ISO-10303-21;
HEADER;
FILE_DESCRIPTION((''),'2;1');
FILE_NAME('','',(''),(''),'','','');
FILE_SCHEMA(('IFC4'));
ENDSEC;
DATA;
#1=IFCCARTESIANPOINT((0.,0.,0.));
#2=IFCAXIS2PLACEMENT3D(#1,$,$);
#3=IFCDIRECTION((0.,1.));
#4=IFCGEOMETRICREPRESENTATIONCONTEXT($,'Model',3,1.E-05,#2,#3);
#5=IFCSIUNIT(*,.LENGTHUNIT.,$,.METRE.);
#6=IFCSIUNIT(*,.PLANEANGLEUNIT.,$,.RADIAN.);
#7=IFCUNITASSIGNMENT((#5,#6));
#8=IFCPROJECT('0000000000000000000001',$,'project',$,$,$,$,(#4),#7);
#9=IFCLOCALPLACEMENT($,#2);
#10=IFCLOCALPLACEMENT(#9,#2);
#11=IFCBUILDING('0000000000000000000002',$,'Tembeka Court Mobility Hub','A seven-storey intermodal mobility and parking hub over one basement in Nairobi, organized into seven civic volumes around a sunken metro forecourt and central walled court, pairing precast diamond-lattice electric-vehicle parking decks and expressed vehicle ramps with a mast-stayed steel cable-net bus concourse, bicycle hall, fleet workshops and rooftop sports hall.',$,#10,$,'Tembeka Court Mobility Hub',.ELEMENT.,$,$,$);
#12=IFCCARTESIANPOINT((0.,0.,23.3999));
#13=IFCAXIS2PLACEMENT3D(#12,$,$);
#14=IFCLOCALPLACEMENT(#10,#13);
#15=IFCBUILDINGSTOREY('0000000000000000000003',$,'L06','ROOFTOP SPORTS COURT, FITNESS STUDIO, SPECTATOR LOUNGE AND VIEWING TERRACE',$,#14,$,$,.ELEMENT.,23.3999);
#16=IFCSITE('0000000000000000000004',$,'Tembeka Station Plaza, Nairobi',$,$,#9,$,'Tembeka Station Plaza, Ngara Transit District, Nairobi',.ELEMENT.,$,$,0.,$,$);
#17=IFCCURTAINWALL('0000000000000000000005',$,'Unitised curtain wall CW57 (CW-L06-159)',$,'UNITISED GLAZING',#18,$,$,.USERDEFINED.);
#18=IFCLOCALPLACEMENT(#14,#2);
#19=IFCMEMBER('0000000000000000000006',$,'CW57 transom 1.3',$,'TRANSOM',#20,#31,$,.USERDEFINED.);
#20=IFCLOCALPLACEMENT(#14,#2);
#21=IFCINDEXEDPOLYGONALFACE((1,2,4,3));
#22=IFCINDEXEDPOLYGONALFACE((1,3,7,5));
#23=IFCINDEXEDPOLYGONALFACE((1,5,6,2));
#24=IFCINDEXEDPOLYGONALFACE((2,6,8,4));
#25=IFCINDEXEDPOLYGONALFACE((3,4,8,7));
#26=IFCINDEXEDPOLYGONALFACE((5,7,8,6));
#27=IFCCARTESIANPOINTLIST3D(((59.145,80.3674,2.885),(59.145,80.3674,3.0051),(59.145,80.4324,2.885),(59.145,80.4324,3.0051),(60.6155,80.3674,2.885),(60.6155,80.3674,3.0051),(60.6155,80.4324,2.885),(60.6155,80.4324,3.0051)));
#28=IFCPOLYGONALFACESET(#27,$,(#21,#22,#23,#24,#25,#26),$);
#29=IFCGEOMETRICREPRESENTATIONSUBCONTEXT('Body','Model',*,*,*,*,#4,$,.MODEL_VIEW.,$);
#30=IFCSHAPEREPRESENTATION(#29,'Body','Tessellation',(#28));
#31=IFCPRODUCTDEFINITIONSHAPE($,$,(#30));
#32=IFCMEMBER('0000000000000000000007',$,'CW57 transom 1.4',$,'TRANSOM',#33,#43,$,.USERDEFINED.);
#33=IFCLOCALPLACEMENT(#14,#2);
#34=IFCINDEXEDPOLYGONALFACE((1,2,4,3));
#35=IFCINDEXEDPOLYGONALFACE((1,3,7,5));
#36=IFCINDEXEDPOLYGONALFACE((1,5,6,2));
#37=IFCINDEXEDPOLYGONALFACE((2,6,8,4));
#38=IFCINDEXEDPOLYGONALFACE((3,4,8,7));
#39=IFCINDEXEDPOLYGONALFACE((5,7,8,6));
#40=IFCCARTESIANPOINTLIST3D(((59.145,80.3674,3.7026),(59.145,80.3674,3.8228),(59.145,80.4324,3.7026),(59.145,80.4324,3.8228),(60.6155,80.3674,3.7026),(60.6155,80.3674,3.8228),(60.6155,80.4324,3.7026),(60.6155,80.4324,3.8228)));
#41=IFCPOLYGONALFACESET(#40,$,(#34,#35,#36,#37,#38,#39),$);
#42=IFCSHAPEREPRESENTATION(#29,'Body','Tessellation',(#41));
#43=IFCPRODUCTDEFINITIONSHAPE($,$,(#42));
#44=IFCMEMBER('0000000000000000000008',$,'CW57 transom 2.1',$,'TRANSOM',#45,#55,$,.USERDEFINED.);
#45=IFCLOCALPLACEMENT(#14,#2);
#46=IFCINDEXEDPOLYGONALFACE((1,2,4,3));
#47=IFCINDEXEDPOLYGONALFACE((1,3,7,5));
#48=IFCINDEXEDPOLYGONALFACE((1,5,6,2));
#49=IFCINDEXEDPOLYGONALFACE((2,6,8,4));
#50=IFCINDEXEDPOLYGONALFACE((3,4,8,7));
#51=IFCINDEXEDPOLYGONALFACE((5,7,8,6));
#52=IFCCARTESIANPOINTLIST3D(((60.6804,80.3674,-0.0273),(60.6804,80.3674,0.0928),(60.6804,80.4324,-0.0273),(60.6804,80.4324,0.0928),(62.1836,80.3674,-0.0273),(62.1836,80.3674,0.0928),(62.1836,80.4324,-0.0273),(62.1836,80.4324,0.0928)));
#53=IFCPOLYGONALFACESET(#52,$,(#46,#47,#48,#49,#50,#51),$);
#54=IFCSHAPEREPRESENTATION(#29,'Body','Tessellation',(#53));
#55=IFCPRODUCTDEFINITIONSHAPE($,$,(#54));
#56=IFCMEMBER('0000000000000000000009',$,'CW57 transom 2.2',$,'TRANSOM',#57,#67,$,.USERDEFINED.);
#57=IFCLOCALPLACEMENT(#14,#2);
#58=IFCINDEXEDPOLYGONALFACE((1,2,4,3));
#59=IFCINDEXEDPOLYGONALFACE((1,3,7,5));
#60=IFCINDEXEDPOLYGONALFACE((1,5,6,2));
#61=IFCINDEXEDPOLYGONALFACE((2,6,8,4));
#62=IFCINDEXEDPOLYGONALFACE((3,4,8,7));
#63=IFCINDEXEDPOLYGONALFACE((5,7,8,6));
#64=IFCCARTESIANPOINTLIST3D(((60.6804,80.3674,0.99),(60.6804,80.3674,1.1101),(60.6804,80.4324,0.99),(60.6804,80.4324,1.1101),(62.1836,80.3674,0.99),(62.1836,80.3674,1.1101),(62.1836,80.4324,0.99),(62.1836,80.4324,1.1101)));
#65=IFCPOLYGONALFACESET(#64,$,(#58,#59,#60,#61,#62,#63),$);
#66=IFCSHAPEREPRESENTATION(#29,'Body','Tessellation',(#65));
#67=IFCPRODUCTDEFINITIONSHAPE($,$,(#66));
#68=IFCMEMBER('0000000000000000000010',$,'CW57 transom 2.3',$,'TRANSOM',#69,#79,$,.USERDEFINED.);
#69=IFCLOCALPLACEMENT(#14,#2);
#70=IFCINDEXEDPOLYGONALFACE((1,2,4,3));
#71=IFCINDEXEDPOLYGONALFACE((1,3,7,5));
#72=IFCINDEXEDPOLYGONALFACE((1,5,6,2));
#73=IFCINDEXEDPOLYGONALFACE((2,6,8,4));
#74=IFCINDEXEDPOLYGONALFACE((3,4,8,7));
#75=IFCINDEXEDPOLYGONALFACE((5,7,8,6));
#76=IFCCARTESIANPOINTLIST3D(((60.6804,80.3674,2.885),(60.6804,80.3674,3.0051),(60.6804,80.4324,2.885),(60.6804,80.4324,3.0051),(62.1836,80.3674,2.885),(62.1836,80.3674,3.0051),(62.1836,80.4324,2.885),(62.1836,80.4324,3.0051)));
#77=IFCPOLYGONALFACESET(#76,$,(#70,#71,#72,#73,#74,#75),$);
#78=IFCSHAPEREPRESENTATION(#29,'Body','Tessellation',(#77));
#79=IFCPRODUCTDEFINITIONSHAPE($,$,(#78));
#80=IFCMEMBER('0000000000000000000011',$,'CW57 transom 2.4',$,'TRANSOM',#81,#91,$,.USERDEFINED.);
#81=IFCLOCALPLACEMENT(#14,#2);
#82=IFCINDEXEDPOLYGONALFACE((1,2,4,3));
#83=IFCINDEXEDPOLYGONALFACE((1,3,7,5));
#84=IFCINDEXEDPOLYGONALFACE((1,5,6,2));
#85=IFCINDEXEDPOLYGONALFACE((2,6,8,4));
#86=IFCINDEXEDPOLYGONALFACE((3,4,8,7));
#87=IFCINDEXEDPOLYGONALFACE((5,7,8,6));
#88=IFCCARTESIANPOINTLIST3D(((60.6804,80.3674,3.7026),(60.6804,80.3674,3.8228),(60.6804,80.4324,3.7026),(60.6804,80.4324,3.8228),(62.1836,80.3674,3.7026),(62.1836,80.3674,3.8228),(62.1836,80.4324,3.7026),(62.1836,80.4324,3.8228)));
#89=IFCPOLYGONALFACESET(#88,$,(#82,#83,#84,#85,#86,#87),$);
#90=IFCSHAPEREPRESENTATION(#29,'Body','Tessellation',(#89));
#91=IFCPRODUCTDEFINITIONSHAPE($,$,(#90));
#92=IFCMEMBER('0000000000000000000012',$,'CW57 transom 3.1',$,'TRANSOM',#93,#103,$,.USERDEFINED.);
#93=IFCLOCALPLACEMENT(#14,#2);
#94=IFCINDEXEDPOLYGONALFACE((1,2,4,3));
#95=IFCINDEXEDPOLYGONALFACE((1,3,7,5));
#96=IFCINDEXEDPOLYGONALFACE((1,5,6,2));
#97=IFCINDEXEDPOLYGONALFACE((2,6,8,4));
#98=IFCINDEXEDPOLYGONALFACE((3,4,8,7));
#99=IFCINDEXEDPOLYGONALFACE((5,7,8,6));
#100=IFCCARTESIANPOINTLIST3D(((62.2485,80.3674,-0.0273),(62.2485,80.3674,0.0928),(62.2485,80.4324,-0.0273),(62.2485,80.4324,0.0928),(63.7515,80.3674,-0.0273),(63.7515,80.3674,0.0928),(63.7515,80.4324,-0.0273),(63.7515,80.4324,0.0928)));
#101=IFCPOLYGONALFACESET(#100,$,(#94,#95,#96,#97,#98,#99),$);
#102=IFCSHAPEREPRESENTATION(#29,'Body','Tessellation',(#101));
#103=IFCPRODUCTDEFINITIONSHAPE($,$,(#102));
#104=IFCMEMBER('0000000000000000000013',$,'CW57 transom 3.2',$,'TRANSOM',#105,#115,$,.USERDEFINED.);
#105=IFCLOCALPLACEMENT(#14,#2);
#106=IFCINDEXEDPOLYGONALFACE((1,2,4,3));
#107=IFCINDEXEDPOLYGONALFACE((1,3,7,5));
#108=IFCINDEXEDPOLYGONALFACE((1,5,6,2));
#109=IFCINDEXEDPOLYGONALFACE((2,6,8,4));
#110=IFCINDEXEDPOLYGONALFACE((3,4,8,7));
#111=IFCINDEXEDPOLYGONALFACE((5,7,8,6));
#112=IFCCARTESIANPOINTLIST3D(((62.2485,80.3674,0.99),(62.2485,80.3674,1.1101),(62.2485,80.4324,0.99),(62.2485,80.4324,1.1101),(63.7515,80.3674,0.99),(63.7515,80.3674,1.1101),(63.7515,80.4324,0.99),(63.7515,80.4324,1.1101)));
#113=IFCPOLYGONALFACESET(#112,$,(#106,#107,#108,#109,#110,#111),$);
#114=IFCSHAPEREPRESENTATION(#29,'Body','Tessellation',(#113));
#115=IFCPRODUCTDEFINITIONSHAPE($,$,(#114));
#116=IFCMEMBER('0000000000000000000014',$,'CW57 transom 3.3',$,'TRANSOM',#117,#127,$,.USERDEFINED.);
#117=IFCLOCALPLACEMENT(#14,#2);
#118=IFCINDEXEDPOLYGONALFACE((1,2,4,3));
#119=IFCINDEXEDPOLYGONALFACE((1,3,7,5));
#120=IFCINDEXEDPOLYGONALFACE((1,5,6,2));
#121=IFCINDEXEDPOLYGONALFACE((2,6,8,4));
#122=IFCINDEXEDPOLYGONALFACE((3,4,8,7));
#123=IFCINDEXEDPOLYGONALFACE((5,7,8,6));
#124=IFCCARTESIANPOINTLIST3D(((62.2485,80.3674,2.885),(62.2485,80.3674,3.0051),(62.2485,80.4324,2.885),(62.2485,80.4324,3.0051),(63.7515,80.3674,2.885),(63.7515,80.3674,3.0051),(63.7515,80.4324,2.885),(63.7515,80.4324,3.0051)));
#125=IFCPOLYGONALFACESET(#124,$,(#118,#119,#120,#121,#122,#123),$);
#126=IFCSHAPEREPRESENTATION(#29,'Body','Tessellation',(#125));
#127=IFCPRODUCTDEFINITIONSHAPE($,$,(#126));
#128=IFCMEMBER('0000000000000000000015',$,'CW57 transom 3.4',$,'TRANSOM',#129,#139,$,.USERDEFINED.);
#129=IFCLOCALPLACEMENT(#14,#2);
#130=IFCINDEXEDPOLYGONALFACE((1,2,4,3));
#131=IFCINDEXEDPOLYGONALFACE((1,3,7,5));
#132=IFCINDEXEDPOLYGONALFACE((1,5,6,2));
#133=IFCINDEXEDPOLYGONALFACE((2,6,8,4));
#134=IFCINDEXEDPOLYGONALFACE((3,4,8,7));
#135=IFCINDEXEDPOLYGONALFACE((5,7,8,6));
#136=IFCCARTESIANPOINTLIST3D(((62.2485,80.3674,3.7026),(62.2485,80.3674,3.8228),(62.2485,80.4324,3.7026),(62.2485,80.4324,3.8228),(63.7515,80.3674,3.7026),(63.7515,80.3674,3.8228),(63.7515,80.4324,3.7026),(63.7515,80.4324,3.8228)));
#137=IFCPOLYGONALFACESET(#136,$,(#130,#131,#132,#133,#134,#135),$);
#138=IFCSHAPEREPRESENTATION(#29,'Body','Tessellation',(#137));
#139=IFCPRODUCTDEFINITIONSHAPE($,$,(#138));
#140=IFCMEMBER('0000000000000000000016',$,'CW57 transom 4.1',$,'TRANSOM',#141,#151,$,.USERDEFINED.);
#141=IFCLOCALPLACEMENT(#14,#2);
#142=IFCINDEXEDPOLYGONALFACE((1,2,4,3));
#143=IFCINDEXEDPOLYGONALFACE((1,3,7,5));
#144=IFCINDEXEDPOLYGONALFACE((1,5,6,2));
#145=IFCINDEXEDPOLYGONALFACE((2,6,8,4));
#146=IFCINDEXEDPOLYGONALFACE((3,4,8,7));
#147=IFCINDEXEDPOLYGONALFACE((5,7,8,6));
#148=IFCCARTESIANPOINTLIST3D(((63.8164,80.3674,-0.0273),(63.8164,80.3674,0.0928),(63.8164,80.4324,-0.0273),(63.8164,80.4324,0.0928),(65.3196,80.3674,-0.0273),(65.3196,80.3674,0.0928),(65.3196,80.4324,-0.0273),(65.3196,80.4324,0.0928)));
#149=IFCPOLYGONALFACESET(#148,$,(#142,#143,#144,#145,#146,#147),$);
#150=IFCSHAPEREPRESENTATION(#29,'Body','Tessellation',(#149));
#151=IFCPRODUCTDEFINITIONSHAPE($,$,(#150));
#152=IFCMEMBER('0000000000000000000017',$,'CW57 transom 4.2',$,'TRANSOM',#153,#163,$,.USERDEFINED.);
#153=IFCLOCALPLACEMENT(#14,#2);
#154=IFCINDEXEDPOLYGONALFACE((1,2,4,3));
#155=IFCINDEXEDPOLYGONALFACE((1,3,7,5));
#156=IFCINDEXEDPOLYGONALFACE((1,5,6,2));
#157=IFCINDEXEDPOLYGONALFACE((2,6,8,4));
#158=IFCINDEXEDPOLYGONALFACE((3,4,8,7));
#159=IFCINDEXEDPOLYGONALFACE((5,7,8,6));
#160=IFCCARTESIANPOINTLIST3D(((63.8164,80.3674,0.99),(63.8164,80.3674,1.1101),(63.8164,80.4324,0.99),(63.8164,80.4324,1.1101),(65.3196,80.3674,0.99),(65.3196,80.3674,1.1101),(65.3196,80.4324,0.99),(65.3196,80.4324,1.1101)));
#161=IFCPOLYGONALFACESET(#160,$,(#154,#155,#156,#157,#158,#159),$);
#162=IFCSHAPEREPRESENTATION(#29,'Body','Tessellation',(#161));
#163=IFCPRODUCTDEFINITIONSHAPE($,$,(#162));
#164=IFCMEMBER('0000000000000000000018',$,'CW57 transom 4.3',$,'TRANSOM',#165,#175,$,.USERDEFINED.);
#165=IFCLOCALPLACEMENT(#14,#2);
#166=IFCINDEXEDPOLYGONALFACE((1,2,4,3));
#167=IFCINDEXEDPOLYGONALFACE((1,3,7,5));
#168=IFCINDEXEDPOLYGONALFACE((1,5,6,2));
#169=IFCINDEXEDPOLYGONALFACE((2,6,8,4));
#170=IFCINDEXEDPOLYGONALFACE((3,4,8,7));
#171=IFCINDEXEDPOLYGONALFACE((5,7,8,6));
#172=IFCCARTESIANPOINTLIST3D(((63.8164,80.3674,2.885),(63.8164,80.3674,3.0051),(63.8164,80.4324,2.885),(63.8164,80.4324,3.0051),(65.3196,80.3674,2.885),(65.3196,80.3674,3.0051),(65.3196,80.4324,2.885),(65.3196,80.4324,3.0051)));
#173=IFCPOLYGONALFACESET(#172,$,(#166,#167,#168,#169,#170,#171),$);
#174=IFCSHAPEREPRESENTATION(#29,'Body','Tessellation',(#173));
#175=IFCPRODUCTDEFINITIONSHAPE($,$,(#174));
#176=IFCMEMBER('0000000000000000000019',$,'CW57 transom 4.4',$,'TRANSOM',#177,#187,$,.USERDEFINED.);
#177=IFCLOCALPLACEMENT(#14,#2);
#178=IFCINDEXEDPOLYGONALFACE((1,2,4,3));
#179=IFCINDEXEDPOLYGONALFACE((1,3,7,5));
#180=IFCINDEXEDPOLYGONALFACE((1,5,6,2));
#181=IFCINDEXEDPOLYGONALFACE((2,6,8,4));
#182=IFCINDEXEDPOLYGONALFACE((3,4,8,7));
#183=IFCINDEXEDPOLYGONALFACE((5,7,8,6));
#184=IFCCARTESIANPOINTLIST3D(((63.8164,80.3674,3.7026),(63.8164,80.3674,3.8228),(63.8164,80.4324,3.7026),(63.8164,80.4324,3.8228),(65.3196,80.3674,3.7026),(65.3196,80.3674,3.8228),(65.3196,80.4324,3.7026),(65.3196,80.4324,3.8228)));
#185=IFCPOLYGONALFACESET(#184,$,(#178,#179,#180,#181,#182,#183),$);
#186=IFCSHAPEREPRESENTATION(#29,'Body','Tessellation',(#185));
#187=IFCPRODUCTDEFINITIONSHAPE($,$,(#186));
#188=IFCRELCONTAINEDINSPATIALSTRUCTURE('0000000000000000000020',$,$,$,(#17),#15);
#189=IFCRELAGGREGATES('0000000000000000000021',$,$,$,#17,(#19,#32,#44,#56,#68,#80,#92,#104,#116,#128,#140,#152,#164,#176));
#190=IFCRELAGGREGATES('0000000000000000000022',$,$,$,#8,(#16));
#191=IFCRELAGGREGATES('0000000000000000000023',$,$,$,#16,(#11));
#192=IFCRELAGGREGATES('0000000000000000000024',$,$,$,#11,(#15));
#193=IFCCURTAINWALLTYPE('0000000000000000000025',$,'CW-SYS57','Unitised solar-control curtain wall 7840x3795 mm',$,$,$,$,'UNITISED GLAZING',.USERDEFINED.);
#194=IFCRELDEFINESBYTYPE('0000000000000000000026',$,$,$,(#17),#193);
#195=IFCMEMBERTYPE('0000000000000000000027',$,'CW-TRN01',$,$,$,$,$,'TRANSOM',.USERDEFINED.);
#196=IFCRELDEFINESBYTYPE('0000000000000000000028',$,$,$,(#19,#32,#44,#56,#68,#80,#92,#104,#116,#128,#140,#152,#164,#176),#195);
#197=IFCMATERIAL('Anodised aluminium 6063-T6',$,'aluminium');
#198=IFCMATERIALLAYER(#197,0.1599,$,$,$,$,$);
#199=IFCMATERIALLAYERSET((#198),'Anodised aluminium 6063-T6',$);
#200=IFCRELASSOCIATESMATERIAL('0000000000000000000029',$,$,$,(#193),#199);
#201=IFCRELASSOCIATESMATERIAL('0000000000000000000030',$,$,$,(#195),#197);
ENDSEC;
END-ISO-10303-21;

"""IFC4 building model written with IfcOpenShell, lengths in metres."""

from ifc_helpers import new_model, si_unit, direction, frame, origin, origin_2d, place, context, subcontext, project, spatial, rectangle, extrude, material, layer, layer_set, material_profile, profile_set, type_object, element, aggregate, save


model = new_model("IFC4")

# Units and contexts
model_context = context("Model", 3, precision=1e-05, world=origin(), true_north=direction((0.0, 1.0)))
body_context = subcontext(model_context, "Body", "Model", "MODEL_VIEW")
ifc_project = project(units=[si_unit("LENGTHUNIT", "METRE"), si_unit("PLANEANGLEUNIT", "RADIAN")], contexts=[model_context])

# Site, building, storey
site_placement = place(None, origin())
site = spatial("IfcSite", under=ifc_project, at=site_placement, Name="Tembeka Station Plaza, Nairobi", LongName="Tembeka Station Plaza, Ngara Transit District, Nairobi", CompositionType="ELEMENT", RefElevation=0.0)
building_placement = place(site_placement, origin())
building = spatial("IfcBuilding", under=site, at=building_placement, Name="Tembeka Court Mobility Hub", Description="A seven-storey intermodal mobility and parking hub over one basement in Nairobi, organized into seven civic volumes around a sunken metro forecourt and central walled court, pairing precast diamond-lattice electric-vehicle parking decks and expressed vehicle ramps with a mast-stayed steel cable-net bus concourse, bicycle hall, fleet workshops and rooftop sports hall.", LongName="Tembeka Court Mobility Hub", CompositionType="ELEMENT")
storey_placement = place(building_placement, frame((0.0, 0.0, 23.3999)))
storey = spatial("IfcBuildingStorey", under=building, at=storey_placement, Name="L06", Description="ROOFTOP SPORTS COURT, FITNESS STUDIO, SPECTATOR LOUNGE AND VIEWING TERRACE", CompositionType="ELEMENT", Elevation=23.3999)

# Curtain wall, members
ifc_material_1 = material(Name="Anodised aluminium 6063-T6", Category="aluminium")
ifc_layer_1 = layer(ifc_material_1, 0.1599)
ifc_layer_set_1 = layer_set([ifc_layer_1], Name="Anodised aluminium 6063-T6")
curtain_wall_type = type_object("IfcCurtainWallType", Name="CW-SYS57", Description="Unitised solar-control curtain wall 7840x3795 mm", ElementType="UNITISED GLAZING", PredefinedType="USERDEFINED", material=ifc_layer_set_1)
curtain_wall_placement = place(storey_placement, origin())
curtain_wall = element("IfcCurtainWall", 1, at=curtain_wall_placement, inside=storey, type_object=curtain_wall_type, Name="Unitised curtain wall CW57 (CW-L06-159)", ObjectType="UNITISED GLAZING", PredefinedType="USERDEFINED")
ifc_material_profile_1 = material_profile(ifc_material_1, rectangle(XDim=0.0649, YDim=0.1201, at=origin_2d()), Name="ALU-TRN 65x120")
ifc_profile_set_1 = profile_set([ifc_material_profile_1], Name="Anodised aluminium 6063-T6")
member_type_1 = type_object("IfcMemberType", Name="CW-TRN01", ElementType="TRANSOM", PredefinedType="USERDEFINED", material=ifc_profile_set_1)
member_1_placement = place(storey_placement, frame((59.145, 80.3999, 2.9451), z_axis=(1.0, 0.0, 0.0), x_axis=(0.0, 1.0, 0.0)))
member_1 = element("IfcMember", 2, at=member_1_placement, type_object=member_type_1, Name="CW57 transom 1.3", ObjectType="TRANSOM", PredefinedType="USERDEFINED", context=body_context, shape_type="SweptSolid", body=[
    extrude(rectangle(XDim=0.0649, YDim=0.1201, at=origin_2d()), origin(), (0.0, 0.0, 1.0), 1.4705),
])
member_2_placement = place(storey_placement, frame((59.145, 80.3999, 3.7627), z_axis=(1.0, 0.0, 0.0), x_axis=(0.0, 1.0, 0.0)))
member_2 = element("IfcMember", 3, at=member_2_placement, type_object=member_type_1, Name="CW57 transom 1.4", ObjectType="TRANSOM", PredefinedType="USERDEFINED", context=body_context, shape_type="SweptSolid", body=[
    extrude(rectangle(XDim=0.0649, YDim=0.1201, at=origin_2d()), origin(), (0.0, 0.0, 1.0), 1.4705),
])
member_3_placement = place(storey_placement, frame((60.6804, 80.3999, 0.0327), z_axis=(1.0, 0.0, 0.0), x_axis=(0.0, 1.0, 0.0)))
member_3 = element("IfcMember", 4, at=member_3_placement, type_object=member_type_1, Name="CW57 transom 2.1", ObjectType="TRANSOM", PredefinedType="USERDEFINED", context=body_context, shape_type="SweptSolid", body=[
    extrude(rectangle(XDim=0.0649, YDim=0.1201, at=origin_2d()), origin(), (0.0, 0.0, 1.0), 1.5032),
])
member_4_placement = place(storey_placement, frame((60.6804, 80.3999, 1.05), z_axis=(1.0, 0.0, 0.0), x_axis=(0.0, 1.0, 0.0)))
member_4 = element("IfcMember", 5, at=member_4_placement, type_object=member_type_1, Name="CW57 transom 2.2", ObjectType="TRANSOM", PredefinedType="USERDEFINED", context=body_context, shape_type="SweptSolid", body=[
    extrude(rectangle(XDim=0.0649, YDim=0.1201, at=origin_2d()), origin(), (0.0, 0.0, 1.0), 1.5032),
])
member_5_placement = place(storey_placement, frame((60.6804, 80.3999, 2.9451), z_axis=(1.0, 0.0, 0.0), x_axis=(0.0, 1.0, 0.0)))
member_5 = element("IfcMember", 6, at=member_5_placement, type_object=member_type_1, Name="CW57 transom 2.3", ObjectType="TRANSOM", PredefinedType="USERDEFINED", context=body_context, shape_type="SweptSolid", body=[
    extrude(rectangle(XDim=0.0649, YDim=0.1201, at=origin_2d()), origin(), (0.0, 0.0, 1.0), 1.5032),
])
member_6_placement = place(storey_placement, frame((60.6804, 80.3999, 3.7627), z_axis=(1.0, 0.0, 0.0), x_axis=(0.0, 1.0, 0.0)))
member_6 = element("IfcMember", 7, at=member_6_placement, type_object=member_type_1, Name="CW57 transom 2.4", ObjectType="TRANSOM", PredefinedType="USERDEFINED", context=body_context, shape_type="SweptSolid", body=[
    extrude(rectangle(XDim=0.0649, YDim=0.1201, at=origin_2d()), origin(), (0.0, 0.0, 1.0), 1.5032),
])
member_7_placement = place(storey_placement, frame((62.2485, 80.3999, 0.0327), z_axis=(1.0, 0.0, 0.0), x_axis=(0.0, 1.0, 0.0)))
member_7 = element("IfcMember", 8, at=member_7_placement, type_object=member_type_1, Name="CW57 transom 3.1", ObjectType="TRANSOM", PredefinedType="USERDEFINED", context=body_context, shape_type="SweptSolid", body=[
    extrude(rectangle(XDim=0.0649, YDim=0.1201, at=origin_2d()), origin(), (0.0, 0.0, 1.0), 1.5029),
])
member_8_placement = place(storey_placement, frame((62.2485, 80.3999, 1.05), z_axis=(1.0, 0.0, 0.0), x_axis=(0.0, 1.0, 0.0)))
member_8 = element("IfcMember", 9, at=member_8_placement, type_object=member_type_1, Name="CW57 transom 3.2", ObjectType="TRANSOM", PredefinedType="USERDEFINED", context=body_context, shape_type="SweptSolid", body=[
    extrude(rectangle(XDim=0.0649, YDim=0.1201, at=origin_2d()), origin(), (0.0, 0.0, 1.0), 1.5029),
])
member_9_placement = place(storey_placement, frame((62.2485, 80.3999, 2.9451), z_axis=(1.0, 0.0, 0.0), x_axis=(0.0, 1.0, 0.0)))
member_9 = element("IfcMember", 10, at=member_9_placement, type_object=member_type_1, Name="CW57 transom 3.3", ObjectType="TRANSOM", PredefinedType="USERDEFINED", context=body_context, shape_type="SweptSolid", body=[
    extrude(rectangle(XDim=0.0649, YDim=0.1201, at=origin_2d()), origin(), (0.0, 0.0, 1.0), 1.5029),
])
member_10_placement = place(storey_placement, frame((62.2485, 80.3999, 3.7627), z_axis=(1.0, 0.0, 0.0), x_axis=(0.0, 1.0, 0.0)))
member_10 = element("IfcMember", 11, at=member_10_placement, type_object=member_type_1, Name="CW57 transom 3.4", ObjectType="TRANSOM", PredefinedType="USERDEFINED", context=body_context, shape_type="SweptSolid", body=[
    extrude(rectangle(XDim=0.0649, YDim=0.1201, at=origin_2d()), origin(), (0.0, 0.0, 1.0), 1.5029),
])
member_11_placement = place(storey_placement, frame((63.8164, 80.3999, 0.0327), z_axis=(1.0, 0.0, 0.0), x_axis=(0.0, 1.0, 0.0)))
member_11 = element("IfcMember", 12, at=member_11_placement, type_object=member_type_1, Name="CW57 transom 4.1", ObjectType="TRANSOM", PredefinedType="USERDEFINED", context=body_context, shape_type="SweptSolid", body=[
    extrude(rectangle(XDim=0.0649, YDim=0.1201, at=origin_2d()), origin(), (0.0, 0.0, 1.0), 1.5032),
])
member_12_placement = place(storey_placement, frame((63.8164, 80.3999, 1.05), z_axis=(1.0, 0.0, 0.0), x_axis=(0.0, 1.0, 0.0)))
member_12 = element("IfcMember", 13, at=member_12_placement, type_object=member_type_1, Name="CW57 transom 4.2", ObjectType="TRANSOM", PredefinedType="USERDEFINED", context=body_context, shape_type="SweptSolid", body=[
    extrude(rectangle(XDim=0.0649, YDim=0.1201, at=origin_2d()), origin(), (0.0, 0.0, 1.0), 1.5032),
])
member_13_placement = place(storey_placement, frame((63.8164, 80.3999, 2.9451), z_axis=(1.0, 0.0, 0.0), x_axis=(0.0, 1.0, 0.0)))
member_13 = element("IfcMember", 14, at=member_13_placement, type_object=member_type_1, Name="CW57 transom 4.3", ObjectType="TRANSOM", PredefinedType="USERDEFINED", context=body_context, shape_type="SweptSolid", body=[
    extrude(rectangle(XDim=0.0649, YDim=0.1201, at=origin_2d()), origin(), (0.0, 0.0, 1.0), 1.5032),
])
member_14_placement = place(storey_placement, frame((63.8164, 80.3999, 3.7627), z_axis=(1.0, 0.0, 0.0), x_axis=(0.0, 1.0, 0.0)))
member_14 = element("IfcMember", 15, at=member_14_placement, type_object=member_type_1, Name="CW57 transom 4.4", ObjectType="TRANSOM", PredefinedType="USERDEFINED", context=body_context, shape_type="SweptSolid", body=[
    extrude(rectangle(XDim=0.0649, YDim=0.1201, at=origin_2d()), origin(), (0.0, 0.0, 1.0), 1.5032),
])
aggregate(curtain_wall, [member_1, member_2, member_3, member_4, member_5, member_6, member_7, member_8, member_9, member_10, member_11, member_12, member_13, member_14])

save(model, "model.ifc")
